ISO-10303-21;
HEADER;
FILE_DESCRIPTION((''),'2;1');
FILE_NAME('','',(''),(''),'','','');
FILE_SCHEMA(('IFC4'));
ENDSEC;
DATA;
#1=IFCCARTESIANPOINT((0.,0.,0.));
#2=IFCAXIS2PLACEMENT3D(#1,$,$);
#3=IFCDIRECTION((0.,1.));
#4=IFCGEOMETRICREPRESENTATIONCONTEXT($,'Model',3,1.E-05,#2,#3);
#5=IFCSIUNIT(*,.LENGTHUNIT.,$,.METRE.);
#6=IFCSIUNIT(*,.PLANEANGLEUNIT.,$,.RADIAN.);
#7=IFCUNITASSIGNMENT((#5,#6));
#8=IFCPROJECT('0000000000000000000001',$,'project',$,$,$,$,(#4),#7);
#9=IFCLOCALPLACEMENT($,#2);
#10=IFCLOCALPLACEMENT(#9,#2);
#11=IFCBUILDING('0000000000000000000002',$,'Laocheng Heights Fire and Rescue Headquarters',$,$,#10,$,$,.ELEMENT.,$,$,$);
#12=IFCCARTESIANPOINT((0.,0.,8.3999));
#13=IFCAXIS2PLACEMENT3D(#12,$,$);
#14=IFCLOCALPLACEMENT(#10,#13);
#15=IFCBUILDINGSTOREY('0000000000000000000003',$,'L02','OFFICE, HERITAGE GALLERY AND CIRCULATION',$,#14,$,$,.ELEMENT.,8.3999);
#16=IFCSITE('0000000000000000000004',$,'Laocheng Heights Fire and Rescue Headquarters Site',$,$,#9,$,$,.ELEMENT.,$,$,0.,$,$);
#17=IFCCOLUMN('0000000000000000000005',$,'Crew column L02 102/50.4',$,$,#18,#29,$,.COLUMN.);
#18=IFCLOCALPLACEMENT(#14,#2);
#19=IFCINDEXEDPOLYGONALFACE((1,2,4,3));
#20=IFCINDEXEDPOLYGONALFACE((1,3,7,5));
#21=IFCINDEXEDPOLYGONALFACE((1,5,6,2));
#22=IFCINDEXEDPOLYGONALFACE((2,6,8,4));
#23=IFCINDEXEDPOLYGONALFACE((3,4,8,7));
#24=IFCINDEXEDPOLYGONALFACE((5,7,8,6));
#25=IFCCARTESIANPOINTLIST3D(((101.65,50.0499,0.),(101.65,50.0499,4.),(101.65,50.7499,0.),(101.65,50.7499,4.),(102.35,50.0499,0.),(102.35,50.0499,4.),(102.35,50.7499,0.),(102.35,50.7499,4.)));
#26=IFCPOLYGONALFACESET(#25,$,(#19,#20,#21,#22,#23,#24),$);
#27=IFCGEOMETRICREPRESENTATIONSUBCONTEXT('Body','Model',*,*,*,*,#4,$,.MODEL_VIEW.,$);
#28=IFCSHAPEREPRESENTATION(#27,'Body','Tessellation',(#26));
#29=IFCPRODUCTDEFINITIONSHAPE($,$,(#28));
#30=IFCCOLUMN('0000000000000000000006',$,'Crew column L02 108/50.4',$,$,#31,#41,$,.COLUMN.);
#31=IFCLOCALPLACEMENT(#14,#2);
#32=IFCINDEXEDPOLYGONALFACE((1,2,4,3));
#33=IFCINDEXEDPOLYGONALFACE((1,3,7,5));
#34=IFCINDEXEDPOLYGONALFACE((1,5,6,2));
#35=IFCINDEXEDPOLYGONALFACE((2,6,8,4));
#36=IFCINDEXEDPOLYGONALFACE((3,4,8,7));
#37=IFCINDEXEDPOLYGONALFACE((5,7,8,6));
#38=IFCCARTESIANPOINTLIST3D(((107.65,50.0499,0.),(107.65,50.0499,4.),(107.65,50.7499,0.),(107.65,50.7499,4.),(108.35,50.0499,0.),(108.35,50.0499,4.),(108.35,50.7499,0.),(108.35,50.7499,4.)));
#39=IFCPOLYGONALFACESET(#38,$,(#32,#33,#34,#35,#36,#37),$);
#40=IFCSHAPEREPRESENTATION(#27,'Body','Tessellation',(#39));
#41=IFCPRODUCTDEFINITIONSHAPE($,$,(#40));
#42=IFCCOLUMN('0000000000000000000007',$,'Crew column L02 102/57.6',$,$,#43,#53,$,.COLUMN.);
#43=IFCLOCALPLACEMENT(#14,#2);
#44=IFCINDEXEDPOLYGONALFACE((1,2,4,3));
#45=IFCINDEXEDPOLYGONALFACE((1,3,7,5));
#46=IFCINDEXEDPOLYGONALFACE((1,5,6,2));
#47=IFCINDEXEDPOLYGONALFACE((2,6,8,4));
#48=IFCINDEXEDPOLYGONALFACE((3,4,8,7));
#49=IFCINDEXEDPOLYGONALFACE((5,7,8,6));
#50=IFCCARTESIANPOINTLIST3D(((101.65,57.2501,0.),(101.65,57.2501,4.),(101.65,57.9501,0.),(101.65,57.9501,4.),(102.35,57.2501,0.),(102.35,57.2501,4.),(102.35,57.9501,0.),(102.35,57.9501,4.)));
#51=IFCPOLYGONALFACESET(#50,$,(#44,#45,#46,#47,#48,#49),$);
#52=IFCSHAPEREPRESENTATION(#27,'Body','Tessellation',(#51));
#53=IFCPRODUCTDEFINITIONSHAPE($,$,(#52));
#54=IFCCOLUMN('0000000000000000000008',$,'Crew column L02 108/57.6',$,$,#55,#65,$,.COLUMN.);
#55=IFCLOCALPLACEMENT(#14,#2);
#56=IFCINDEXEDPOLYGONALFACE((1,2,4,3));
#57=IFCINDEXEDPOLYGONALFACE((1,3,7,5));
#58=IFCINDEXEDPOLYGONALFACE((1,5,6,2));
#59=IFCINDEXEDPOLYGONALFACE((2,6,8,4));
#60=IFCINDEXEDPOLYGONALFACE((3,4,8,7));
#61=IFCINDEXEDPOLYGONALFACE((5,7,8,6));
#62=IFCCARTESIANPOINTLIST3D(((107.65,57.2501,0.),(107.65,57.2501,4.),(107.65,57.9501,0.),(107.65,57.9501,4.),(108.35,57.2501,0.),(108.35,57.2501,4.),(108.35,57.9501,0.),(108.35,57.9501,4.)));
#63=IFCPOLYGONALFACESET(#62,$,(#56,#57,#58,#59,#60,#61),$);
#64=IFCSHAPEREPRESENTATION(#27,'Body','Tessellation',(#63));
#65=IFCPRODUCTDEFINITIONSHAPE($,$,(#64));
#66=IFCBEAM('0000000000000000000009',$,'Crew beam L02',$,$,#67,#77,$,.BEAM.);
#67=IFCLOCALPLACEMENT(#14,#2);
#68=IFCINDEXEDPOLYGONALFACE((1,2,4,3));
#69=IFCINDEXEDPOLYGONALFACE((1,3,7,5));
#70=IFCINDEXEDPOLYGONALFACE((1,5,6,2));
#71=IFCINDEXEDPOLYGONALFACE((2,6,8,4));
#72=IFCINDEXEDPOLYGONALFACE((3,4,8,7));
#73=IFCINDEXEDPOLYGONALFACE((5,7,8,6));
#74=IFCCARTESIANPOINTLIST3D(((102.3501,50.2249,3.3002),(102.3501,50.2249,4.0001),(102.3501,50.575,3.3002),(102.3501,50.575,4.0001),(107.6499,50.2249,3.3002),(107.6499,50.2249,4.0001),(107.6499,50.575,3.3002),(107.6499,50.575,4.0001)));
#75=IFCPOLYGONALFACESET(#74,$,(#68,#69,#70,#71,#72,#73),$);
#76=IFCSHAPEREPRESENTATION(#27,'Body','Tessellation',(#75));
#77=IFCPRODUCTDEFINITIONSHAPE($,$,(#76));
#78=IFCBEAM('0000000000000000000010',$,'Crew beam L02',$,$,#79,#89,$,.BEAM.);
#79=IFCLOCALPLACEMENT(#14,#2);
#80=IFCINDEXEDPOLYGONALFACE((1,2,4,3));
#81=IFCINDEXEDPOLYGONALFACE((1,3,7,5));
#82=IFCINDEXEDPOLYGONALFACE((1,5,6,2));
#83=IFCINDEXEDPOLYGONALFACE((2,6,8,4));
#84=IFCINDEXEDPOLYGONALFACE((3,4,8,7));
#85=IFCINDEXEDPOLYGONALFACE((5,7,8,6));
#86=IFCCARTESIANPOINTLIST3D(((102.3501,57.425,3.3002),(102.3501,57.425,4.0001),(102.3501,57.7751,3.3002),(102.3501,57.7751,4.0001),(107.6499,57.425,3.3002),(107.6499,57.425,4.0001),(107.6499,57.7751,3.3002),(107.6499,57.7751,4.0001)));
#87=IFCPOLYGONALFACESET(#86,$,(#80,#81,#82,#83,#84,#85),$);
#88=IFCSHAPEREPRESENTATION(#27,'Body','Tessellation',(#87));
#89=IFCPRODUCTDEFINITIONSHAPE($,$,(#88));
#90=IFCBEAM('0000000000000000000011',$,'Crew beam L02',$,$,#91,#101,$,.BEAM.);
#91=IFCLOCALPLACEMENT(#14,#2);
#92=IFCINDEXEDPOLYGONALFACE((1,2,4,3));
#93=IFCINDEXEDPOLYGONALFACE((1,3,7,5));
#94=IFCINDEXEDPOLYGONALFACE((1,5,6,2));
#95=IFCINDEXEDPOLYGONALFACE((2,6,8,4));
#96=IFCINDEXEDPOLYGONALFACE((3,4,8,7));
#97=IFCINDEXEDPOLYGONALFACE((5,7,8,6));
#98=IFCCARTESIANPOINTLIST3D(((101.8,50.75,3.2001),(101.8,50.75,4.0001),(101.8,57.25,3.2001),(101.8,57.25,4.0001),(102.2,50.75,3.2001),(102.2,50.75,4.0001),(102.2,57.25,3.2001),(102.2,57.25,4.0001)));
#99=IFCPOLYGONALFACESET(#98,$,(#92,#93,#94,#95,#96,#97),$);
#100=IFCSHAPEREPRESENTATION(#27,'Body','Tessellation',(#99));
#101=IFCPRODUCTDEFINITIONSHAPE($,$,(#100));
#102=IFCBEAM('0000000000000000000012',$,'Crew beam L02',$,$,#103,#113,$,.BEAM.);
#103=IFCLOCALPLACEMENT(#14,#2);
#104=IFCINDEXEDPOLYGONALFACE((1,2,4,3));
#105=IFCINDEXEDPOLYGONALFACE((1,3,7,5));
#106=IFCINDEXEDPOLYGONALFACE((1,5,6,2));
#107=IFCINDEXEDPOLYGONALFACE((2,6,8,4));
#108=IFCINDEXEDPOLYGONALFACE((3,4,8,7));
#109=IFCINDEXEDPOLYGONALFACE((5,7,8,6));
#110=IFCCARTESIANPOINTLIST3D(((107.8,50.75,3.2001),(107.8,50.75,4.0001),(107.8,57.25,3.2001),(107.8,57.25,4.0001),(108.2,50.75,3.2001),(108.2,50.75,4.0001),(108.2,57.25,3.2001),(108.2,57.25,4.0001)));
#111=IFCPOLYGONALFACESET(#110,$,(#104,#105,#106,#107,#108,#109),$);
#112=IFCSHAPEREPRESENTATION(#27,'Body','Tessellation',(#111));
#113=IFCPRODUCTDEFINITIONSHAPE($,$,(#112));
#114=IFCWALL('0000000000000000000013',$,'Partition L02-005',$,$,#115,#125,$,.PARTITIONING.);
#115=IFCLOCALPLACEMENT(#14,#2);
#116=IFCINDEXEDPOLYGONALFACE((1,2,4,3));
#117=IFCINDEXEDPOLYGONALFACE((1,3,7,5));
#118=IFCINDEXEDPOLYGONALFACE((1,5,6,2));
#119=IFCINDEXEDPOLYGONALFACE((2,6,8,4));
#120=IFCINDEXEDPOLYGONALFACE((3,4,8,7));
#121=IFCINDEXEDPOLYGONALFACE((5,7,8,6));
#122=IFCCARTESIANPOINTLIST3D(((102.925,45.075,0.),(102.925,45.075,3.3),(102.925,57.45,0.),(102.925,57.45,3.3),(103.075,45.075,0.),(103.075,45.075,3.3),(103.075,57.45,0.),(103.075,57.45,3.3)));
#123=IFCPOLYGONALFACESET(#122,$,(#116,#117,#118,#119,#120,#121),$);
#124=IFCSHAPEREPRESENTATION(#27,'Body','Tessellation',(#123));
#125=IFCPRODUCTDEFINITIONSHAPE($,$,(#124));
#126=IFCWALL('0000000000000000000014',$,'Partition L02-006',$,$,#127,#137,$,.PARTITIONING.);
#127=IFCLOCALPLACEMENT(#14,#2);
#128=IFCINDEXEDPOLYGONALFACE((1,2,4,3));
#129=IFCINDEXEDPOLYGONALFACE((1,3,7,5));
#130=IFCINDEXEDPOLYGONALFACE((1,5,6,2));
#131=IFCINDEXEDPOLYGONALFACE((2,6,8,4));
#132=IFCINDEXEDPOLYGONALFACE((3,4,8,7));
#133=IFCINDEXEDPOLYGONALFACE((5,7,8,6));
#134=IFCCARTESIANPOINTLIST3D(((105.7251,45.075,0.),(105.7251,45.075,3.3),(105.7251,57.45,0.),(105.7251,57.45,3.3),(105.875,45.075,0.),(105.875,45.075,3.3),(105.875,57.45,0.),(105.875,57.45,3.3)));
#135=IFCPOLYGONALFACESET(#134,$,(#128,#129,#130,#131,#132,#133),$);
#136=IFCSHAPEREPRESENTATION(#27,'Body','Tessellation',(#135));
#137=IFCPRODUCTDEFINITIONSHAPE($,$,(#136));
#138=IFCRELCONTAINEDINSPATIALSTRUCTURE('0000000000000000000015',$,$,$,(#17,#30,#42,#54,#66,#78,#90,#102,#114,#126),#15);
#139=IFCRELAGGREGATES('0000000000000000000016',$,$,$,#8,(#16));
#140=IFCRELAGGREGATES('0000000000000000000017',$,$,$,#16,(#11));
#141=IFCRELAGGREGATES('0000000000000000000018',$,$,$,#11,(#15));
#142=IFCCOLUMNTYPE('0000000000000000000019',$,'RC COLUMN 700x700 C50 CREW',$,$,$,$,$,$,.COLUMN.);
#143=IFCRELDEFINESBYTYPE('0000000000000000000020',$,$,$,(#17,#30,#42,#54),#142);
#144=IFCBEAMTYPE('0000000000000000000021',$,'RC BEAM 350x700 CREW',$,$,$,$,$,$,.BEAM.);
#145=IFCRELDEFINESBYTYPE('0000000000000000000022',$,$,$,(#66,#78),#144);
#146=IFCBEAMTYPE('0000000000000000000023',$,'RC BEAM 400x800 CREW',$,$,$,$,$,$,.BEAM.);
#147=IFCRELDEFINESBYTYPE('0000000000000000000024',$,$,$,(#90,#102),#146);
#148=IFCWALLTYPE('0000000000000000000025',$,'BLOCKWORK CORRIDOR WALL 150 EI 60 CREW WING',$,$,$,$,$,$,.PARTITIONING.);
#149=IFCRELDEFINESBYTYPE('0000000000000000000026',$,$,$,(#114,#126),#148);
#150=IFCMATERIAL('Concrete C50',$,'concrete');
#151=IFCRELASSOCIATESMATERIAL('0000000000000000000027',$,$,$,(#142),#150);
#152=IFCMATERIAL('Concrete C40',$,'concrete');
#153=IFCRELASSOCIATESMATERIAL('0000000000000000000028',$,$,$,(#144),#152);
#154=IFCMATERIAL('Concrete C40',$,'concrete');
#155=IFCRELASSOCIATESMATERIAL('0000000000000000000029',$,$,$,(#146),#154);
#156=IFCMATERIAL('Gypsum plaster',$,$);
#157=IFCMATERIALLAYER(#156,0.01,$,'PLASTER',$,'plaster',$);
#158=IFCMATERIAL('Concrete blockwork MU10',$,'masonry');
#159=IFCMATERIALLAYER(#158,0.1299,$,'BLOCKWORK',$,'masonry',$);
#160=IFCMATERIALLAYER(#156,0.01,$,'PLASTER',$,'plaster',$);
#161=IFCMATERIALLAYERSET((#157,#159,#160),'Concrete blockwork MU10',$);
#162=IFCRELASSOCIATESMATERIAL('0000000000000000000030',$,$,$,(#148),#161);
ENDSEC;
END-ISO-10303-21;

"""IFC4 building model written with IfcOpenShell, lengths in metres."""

from ifc_helpers import new_model, si_unit, direction, frame, frame_2d, origin, origin_2d, place, context, subcontext, project, spatial, rectangle, extrude, material, layer, layer_set, material_profile, profile_set, type_object, element, save


model = new_model("IFC4")

# Units and contexts
model_context = context("Model", 3, precision=1e-05, world=origin(), true_north=direction((0.0, 1.0)))
body_context = subcontext(model_context, "Body", "Model", "MODEL_VIEW")
ifc_project = project(units=[si_unit("LENGTHUNIT", "METRE"), si_unit("PLANEANGLEUNIT", "RADIAN")], contexts=[model_context])

# Site, building, storey
site_placement = place(None, origin())
site = spatial("IfcSite", under=ifc_project, at=site_placement, Name="Laocheng Heights Fire and Rescue Headquarters Site", CompositionType="ELEMENT", RefElevation=0.0)
building_placement = place(site_placement, origin())
building = spatial("IfcBuilding", under=site, at=building_placement, Name="Laocheng Heights Fire and Rescue Headquarters", CompositionType="ELEMENT")
storey_placement = place(building_placement, frame((0.0, 0.0, 8.3999)))
storey = spatial("IfcBuildingStorey", under=building, at=storey_placement, Name="L02", Description="OFFICE, HERITAGE GALLERY AND CIRCULATION", CompositionType="ELEMENT", Elevation=8.3999)

# Columns
ifc_material_1 = material(Name="Concrete C50", Category="concrete")
ifc_material_profile_1 = material_profile(ifc_material_1, rectangle(XDim=0.7, YDim=0.7, at=origin_2d()), Name="RC COLUMN 700x700 C50 CREW")
ifc_profile_set_1 = profile_set([ifc_material_profile_1], Name="Concrete C50")
column_type = type_object("IfcColumnType", Name="RC COLUMN 700x700 C50 CREW", PredefinedType="COLUMN", material=ifc_profile_set_1)
for number, where, z_axis, x_axis, name in (
    (1, (102.0, 50.3999, 0.0), (0.0, 0.0, 1.0), (1.0, 0.0, 0.0), "Crew column L02 102/50.4"),
    (2, (108.0, 50.3999, 0.0), (0.0, 0.0, 1.0), (1.0, 0.0, 0.0), "Crew column L02 108/50.4"),
    (3, (102.0, 57.6001, 0.0), (0.0, 0.0, 1.0), (1.0, 0.0, 0.0), "Crew column L02 102/57.6"),
    (4, (108.0, 57.6001, 0.0), (0.0, 0.0, 1.0), (1.0, 0.0, 0.0), "Crew column L02 108/57.6"),
):
    element("IfcColumn", number, at=place(storey_placement, frame(where, z_axis=z_axis, x_axis=x_axis)), inside=storey, type_object=column_type, Name=name, PredefinedType="COLUMN", context=body_context, shape_type="SweptSolid", body=[
        extrude(rectangle(XDim=0.7, YDim=0.7, at=origin_2d()), origin(), (0.0, 0.0, 1.0), 4.0),
    ])

# Beams
ifc_material_2 = material(Name="Concrete C40", Category="concrete")
ifc_material_profile_2 = material_profile(ifc_material_2, rectangle(XDim=0.3501, YDim=0.7, at=origin_2d()), Name="RC BEAM 350x700 CREW")
ifc_profile_set_2 = profile_set([ifc_material_profile_2], Name="Concrete C40")
beam_type_1 = type_object("IfcBeamType", Name="RC BEAM 350x700 CREW", PredefinedType="BEAM", material=ifc_profile_set_2)
for number, where, z_axis, x_axis, name in (
    (5, (102.3501, 50.3999, 3.6501), (1.0, 0.0, 0.0), (0.0, 1.0, 0.0), "Crew beam L02"),
    (6, (102.3501, 57.6001, 3.6501), (1.0, 0.0, 0.0), (0.0, 1.0, 0.0), "Crew beam L02"),
):
    element("IfcBeam", number, at=place(storey_placement, frame(where, z_axis=z_axis, x_axis=x_axis)), inside=storey, type_object=beam_type_1, Name=name, PredefinedType="BEAM", context=body_context, shape_type="SweptSolid", body=[
        extrude(rectangle(XDim=0.3501, YDim=0.7, at=origin_2d()), origin(), (0.0, 0.0, 1.0), 5.2998),
    ])
ifc_material_3 = material(Name="Concrete C40", Category="concrete")
ifc_material_profile_3 = material_profile(ifc_material_3, rectangle(XDim=0.3999, YDim=0.8, at=origin_2d()), Name="RC BEAM 400x800 CREW")
ifc_profile_set_3 = profile_set([ifc_material_profile_3], Name="Concrete C40")
beam_type_2 = type_object("IfcBeamType", Name="RC BEAM 400x800 CREW", PredefinedType="BEAM", material=ifc_profile_set_3)
for number, where, z_axis, x_axis, name in (
    (7, (102.0, 50.75, 3.6001), (0.0, 1.0, 0.0), (-1.0, 0.0, 0.0), "Crew beam L02"),
    (8, (108.0, 50.75, 3.6001), (0.0, 1.0, 0.0), (-1.0, 0.0, 0.0), "Crew beam L02"),
):
    element("IfcBeam", number, at=place(storey_placement, frame(where, z_axis=z_axis, x_axis=x_axis)), inside=storey, type_object=beam_type_2, Name=name, PredefinedType="BEAM", context=body_context, shape_type="SweptSolid", body=[
        extrude(rectangle(XDim=0.3999, YDim=0.8, at=origin_2d()), origin(), (0.0, 0.0, 1.0), 6.5),
    ])

# Walls
ifc_material_4 = material(Name="Gypsum plaster")
ifc_layer_1 = layer(ifc_material_4, 0.01, Name="PLASTER", Category="plaster")
ifc_material_5 = material(Name="Concrete blockwork MU10", Category="masonry")
ifc_layer_2 = layer(ifc_material_5, 0.1299, Name="BLOCKWORK", Category="masonry")
ifc_layer_3 = layer(ifc_material_4, 0.01, Name="PLASTER", Category="plaster")
ifc_layer_set_1 = layer_set([ifc_layer_1, ifc_layer_2, ifc_layer_3], Name="Concrete blockwork MU10")
wall_type_1 = type_object("IfcWallType", Name="BLOCKWORK CORRIDOR WALL 150 EI 60 CREW WING", PredefinedType="PARTITIONING", material=ifc_layer_set_1)
for number, where, z_axis, x_axis, name in (
    (9, (103.0, 45.075, 0.0), (0.0, 0.0, 1.0), (0.0, 1.0, 0.0), "Partition L02-005"),
    (10, (105.8, 45.075, 0.0), (0.0, 0.0, 1.0), (0.0, 1.0, 0.0), "Partition L02-006"),
):
    element("IfcWall", number, at=place(storey_placement, frame(where, z_axis=z_axis, x_axis=x_axis)), inside=storey, type_object=wall_type_1, Name=name, PredefinedType="PARTITIONING", context=body_context, shape_type="SweptSolid", body=[
        extrude(rectangle(XDim=12.375, YDim=0.1499, at=frame_2d((6.1875, 0.0))), origin(), (0.0, 0.0, 1.0), 3.3),
    ])

save(model, "model.ifc")
